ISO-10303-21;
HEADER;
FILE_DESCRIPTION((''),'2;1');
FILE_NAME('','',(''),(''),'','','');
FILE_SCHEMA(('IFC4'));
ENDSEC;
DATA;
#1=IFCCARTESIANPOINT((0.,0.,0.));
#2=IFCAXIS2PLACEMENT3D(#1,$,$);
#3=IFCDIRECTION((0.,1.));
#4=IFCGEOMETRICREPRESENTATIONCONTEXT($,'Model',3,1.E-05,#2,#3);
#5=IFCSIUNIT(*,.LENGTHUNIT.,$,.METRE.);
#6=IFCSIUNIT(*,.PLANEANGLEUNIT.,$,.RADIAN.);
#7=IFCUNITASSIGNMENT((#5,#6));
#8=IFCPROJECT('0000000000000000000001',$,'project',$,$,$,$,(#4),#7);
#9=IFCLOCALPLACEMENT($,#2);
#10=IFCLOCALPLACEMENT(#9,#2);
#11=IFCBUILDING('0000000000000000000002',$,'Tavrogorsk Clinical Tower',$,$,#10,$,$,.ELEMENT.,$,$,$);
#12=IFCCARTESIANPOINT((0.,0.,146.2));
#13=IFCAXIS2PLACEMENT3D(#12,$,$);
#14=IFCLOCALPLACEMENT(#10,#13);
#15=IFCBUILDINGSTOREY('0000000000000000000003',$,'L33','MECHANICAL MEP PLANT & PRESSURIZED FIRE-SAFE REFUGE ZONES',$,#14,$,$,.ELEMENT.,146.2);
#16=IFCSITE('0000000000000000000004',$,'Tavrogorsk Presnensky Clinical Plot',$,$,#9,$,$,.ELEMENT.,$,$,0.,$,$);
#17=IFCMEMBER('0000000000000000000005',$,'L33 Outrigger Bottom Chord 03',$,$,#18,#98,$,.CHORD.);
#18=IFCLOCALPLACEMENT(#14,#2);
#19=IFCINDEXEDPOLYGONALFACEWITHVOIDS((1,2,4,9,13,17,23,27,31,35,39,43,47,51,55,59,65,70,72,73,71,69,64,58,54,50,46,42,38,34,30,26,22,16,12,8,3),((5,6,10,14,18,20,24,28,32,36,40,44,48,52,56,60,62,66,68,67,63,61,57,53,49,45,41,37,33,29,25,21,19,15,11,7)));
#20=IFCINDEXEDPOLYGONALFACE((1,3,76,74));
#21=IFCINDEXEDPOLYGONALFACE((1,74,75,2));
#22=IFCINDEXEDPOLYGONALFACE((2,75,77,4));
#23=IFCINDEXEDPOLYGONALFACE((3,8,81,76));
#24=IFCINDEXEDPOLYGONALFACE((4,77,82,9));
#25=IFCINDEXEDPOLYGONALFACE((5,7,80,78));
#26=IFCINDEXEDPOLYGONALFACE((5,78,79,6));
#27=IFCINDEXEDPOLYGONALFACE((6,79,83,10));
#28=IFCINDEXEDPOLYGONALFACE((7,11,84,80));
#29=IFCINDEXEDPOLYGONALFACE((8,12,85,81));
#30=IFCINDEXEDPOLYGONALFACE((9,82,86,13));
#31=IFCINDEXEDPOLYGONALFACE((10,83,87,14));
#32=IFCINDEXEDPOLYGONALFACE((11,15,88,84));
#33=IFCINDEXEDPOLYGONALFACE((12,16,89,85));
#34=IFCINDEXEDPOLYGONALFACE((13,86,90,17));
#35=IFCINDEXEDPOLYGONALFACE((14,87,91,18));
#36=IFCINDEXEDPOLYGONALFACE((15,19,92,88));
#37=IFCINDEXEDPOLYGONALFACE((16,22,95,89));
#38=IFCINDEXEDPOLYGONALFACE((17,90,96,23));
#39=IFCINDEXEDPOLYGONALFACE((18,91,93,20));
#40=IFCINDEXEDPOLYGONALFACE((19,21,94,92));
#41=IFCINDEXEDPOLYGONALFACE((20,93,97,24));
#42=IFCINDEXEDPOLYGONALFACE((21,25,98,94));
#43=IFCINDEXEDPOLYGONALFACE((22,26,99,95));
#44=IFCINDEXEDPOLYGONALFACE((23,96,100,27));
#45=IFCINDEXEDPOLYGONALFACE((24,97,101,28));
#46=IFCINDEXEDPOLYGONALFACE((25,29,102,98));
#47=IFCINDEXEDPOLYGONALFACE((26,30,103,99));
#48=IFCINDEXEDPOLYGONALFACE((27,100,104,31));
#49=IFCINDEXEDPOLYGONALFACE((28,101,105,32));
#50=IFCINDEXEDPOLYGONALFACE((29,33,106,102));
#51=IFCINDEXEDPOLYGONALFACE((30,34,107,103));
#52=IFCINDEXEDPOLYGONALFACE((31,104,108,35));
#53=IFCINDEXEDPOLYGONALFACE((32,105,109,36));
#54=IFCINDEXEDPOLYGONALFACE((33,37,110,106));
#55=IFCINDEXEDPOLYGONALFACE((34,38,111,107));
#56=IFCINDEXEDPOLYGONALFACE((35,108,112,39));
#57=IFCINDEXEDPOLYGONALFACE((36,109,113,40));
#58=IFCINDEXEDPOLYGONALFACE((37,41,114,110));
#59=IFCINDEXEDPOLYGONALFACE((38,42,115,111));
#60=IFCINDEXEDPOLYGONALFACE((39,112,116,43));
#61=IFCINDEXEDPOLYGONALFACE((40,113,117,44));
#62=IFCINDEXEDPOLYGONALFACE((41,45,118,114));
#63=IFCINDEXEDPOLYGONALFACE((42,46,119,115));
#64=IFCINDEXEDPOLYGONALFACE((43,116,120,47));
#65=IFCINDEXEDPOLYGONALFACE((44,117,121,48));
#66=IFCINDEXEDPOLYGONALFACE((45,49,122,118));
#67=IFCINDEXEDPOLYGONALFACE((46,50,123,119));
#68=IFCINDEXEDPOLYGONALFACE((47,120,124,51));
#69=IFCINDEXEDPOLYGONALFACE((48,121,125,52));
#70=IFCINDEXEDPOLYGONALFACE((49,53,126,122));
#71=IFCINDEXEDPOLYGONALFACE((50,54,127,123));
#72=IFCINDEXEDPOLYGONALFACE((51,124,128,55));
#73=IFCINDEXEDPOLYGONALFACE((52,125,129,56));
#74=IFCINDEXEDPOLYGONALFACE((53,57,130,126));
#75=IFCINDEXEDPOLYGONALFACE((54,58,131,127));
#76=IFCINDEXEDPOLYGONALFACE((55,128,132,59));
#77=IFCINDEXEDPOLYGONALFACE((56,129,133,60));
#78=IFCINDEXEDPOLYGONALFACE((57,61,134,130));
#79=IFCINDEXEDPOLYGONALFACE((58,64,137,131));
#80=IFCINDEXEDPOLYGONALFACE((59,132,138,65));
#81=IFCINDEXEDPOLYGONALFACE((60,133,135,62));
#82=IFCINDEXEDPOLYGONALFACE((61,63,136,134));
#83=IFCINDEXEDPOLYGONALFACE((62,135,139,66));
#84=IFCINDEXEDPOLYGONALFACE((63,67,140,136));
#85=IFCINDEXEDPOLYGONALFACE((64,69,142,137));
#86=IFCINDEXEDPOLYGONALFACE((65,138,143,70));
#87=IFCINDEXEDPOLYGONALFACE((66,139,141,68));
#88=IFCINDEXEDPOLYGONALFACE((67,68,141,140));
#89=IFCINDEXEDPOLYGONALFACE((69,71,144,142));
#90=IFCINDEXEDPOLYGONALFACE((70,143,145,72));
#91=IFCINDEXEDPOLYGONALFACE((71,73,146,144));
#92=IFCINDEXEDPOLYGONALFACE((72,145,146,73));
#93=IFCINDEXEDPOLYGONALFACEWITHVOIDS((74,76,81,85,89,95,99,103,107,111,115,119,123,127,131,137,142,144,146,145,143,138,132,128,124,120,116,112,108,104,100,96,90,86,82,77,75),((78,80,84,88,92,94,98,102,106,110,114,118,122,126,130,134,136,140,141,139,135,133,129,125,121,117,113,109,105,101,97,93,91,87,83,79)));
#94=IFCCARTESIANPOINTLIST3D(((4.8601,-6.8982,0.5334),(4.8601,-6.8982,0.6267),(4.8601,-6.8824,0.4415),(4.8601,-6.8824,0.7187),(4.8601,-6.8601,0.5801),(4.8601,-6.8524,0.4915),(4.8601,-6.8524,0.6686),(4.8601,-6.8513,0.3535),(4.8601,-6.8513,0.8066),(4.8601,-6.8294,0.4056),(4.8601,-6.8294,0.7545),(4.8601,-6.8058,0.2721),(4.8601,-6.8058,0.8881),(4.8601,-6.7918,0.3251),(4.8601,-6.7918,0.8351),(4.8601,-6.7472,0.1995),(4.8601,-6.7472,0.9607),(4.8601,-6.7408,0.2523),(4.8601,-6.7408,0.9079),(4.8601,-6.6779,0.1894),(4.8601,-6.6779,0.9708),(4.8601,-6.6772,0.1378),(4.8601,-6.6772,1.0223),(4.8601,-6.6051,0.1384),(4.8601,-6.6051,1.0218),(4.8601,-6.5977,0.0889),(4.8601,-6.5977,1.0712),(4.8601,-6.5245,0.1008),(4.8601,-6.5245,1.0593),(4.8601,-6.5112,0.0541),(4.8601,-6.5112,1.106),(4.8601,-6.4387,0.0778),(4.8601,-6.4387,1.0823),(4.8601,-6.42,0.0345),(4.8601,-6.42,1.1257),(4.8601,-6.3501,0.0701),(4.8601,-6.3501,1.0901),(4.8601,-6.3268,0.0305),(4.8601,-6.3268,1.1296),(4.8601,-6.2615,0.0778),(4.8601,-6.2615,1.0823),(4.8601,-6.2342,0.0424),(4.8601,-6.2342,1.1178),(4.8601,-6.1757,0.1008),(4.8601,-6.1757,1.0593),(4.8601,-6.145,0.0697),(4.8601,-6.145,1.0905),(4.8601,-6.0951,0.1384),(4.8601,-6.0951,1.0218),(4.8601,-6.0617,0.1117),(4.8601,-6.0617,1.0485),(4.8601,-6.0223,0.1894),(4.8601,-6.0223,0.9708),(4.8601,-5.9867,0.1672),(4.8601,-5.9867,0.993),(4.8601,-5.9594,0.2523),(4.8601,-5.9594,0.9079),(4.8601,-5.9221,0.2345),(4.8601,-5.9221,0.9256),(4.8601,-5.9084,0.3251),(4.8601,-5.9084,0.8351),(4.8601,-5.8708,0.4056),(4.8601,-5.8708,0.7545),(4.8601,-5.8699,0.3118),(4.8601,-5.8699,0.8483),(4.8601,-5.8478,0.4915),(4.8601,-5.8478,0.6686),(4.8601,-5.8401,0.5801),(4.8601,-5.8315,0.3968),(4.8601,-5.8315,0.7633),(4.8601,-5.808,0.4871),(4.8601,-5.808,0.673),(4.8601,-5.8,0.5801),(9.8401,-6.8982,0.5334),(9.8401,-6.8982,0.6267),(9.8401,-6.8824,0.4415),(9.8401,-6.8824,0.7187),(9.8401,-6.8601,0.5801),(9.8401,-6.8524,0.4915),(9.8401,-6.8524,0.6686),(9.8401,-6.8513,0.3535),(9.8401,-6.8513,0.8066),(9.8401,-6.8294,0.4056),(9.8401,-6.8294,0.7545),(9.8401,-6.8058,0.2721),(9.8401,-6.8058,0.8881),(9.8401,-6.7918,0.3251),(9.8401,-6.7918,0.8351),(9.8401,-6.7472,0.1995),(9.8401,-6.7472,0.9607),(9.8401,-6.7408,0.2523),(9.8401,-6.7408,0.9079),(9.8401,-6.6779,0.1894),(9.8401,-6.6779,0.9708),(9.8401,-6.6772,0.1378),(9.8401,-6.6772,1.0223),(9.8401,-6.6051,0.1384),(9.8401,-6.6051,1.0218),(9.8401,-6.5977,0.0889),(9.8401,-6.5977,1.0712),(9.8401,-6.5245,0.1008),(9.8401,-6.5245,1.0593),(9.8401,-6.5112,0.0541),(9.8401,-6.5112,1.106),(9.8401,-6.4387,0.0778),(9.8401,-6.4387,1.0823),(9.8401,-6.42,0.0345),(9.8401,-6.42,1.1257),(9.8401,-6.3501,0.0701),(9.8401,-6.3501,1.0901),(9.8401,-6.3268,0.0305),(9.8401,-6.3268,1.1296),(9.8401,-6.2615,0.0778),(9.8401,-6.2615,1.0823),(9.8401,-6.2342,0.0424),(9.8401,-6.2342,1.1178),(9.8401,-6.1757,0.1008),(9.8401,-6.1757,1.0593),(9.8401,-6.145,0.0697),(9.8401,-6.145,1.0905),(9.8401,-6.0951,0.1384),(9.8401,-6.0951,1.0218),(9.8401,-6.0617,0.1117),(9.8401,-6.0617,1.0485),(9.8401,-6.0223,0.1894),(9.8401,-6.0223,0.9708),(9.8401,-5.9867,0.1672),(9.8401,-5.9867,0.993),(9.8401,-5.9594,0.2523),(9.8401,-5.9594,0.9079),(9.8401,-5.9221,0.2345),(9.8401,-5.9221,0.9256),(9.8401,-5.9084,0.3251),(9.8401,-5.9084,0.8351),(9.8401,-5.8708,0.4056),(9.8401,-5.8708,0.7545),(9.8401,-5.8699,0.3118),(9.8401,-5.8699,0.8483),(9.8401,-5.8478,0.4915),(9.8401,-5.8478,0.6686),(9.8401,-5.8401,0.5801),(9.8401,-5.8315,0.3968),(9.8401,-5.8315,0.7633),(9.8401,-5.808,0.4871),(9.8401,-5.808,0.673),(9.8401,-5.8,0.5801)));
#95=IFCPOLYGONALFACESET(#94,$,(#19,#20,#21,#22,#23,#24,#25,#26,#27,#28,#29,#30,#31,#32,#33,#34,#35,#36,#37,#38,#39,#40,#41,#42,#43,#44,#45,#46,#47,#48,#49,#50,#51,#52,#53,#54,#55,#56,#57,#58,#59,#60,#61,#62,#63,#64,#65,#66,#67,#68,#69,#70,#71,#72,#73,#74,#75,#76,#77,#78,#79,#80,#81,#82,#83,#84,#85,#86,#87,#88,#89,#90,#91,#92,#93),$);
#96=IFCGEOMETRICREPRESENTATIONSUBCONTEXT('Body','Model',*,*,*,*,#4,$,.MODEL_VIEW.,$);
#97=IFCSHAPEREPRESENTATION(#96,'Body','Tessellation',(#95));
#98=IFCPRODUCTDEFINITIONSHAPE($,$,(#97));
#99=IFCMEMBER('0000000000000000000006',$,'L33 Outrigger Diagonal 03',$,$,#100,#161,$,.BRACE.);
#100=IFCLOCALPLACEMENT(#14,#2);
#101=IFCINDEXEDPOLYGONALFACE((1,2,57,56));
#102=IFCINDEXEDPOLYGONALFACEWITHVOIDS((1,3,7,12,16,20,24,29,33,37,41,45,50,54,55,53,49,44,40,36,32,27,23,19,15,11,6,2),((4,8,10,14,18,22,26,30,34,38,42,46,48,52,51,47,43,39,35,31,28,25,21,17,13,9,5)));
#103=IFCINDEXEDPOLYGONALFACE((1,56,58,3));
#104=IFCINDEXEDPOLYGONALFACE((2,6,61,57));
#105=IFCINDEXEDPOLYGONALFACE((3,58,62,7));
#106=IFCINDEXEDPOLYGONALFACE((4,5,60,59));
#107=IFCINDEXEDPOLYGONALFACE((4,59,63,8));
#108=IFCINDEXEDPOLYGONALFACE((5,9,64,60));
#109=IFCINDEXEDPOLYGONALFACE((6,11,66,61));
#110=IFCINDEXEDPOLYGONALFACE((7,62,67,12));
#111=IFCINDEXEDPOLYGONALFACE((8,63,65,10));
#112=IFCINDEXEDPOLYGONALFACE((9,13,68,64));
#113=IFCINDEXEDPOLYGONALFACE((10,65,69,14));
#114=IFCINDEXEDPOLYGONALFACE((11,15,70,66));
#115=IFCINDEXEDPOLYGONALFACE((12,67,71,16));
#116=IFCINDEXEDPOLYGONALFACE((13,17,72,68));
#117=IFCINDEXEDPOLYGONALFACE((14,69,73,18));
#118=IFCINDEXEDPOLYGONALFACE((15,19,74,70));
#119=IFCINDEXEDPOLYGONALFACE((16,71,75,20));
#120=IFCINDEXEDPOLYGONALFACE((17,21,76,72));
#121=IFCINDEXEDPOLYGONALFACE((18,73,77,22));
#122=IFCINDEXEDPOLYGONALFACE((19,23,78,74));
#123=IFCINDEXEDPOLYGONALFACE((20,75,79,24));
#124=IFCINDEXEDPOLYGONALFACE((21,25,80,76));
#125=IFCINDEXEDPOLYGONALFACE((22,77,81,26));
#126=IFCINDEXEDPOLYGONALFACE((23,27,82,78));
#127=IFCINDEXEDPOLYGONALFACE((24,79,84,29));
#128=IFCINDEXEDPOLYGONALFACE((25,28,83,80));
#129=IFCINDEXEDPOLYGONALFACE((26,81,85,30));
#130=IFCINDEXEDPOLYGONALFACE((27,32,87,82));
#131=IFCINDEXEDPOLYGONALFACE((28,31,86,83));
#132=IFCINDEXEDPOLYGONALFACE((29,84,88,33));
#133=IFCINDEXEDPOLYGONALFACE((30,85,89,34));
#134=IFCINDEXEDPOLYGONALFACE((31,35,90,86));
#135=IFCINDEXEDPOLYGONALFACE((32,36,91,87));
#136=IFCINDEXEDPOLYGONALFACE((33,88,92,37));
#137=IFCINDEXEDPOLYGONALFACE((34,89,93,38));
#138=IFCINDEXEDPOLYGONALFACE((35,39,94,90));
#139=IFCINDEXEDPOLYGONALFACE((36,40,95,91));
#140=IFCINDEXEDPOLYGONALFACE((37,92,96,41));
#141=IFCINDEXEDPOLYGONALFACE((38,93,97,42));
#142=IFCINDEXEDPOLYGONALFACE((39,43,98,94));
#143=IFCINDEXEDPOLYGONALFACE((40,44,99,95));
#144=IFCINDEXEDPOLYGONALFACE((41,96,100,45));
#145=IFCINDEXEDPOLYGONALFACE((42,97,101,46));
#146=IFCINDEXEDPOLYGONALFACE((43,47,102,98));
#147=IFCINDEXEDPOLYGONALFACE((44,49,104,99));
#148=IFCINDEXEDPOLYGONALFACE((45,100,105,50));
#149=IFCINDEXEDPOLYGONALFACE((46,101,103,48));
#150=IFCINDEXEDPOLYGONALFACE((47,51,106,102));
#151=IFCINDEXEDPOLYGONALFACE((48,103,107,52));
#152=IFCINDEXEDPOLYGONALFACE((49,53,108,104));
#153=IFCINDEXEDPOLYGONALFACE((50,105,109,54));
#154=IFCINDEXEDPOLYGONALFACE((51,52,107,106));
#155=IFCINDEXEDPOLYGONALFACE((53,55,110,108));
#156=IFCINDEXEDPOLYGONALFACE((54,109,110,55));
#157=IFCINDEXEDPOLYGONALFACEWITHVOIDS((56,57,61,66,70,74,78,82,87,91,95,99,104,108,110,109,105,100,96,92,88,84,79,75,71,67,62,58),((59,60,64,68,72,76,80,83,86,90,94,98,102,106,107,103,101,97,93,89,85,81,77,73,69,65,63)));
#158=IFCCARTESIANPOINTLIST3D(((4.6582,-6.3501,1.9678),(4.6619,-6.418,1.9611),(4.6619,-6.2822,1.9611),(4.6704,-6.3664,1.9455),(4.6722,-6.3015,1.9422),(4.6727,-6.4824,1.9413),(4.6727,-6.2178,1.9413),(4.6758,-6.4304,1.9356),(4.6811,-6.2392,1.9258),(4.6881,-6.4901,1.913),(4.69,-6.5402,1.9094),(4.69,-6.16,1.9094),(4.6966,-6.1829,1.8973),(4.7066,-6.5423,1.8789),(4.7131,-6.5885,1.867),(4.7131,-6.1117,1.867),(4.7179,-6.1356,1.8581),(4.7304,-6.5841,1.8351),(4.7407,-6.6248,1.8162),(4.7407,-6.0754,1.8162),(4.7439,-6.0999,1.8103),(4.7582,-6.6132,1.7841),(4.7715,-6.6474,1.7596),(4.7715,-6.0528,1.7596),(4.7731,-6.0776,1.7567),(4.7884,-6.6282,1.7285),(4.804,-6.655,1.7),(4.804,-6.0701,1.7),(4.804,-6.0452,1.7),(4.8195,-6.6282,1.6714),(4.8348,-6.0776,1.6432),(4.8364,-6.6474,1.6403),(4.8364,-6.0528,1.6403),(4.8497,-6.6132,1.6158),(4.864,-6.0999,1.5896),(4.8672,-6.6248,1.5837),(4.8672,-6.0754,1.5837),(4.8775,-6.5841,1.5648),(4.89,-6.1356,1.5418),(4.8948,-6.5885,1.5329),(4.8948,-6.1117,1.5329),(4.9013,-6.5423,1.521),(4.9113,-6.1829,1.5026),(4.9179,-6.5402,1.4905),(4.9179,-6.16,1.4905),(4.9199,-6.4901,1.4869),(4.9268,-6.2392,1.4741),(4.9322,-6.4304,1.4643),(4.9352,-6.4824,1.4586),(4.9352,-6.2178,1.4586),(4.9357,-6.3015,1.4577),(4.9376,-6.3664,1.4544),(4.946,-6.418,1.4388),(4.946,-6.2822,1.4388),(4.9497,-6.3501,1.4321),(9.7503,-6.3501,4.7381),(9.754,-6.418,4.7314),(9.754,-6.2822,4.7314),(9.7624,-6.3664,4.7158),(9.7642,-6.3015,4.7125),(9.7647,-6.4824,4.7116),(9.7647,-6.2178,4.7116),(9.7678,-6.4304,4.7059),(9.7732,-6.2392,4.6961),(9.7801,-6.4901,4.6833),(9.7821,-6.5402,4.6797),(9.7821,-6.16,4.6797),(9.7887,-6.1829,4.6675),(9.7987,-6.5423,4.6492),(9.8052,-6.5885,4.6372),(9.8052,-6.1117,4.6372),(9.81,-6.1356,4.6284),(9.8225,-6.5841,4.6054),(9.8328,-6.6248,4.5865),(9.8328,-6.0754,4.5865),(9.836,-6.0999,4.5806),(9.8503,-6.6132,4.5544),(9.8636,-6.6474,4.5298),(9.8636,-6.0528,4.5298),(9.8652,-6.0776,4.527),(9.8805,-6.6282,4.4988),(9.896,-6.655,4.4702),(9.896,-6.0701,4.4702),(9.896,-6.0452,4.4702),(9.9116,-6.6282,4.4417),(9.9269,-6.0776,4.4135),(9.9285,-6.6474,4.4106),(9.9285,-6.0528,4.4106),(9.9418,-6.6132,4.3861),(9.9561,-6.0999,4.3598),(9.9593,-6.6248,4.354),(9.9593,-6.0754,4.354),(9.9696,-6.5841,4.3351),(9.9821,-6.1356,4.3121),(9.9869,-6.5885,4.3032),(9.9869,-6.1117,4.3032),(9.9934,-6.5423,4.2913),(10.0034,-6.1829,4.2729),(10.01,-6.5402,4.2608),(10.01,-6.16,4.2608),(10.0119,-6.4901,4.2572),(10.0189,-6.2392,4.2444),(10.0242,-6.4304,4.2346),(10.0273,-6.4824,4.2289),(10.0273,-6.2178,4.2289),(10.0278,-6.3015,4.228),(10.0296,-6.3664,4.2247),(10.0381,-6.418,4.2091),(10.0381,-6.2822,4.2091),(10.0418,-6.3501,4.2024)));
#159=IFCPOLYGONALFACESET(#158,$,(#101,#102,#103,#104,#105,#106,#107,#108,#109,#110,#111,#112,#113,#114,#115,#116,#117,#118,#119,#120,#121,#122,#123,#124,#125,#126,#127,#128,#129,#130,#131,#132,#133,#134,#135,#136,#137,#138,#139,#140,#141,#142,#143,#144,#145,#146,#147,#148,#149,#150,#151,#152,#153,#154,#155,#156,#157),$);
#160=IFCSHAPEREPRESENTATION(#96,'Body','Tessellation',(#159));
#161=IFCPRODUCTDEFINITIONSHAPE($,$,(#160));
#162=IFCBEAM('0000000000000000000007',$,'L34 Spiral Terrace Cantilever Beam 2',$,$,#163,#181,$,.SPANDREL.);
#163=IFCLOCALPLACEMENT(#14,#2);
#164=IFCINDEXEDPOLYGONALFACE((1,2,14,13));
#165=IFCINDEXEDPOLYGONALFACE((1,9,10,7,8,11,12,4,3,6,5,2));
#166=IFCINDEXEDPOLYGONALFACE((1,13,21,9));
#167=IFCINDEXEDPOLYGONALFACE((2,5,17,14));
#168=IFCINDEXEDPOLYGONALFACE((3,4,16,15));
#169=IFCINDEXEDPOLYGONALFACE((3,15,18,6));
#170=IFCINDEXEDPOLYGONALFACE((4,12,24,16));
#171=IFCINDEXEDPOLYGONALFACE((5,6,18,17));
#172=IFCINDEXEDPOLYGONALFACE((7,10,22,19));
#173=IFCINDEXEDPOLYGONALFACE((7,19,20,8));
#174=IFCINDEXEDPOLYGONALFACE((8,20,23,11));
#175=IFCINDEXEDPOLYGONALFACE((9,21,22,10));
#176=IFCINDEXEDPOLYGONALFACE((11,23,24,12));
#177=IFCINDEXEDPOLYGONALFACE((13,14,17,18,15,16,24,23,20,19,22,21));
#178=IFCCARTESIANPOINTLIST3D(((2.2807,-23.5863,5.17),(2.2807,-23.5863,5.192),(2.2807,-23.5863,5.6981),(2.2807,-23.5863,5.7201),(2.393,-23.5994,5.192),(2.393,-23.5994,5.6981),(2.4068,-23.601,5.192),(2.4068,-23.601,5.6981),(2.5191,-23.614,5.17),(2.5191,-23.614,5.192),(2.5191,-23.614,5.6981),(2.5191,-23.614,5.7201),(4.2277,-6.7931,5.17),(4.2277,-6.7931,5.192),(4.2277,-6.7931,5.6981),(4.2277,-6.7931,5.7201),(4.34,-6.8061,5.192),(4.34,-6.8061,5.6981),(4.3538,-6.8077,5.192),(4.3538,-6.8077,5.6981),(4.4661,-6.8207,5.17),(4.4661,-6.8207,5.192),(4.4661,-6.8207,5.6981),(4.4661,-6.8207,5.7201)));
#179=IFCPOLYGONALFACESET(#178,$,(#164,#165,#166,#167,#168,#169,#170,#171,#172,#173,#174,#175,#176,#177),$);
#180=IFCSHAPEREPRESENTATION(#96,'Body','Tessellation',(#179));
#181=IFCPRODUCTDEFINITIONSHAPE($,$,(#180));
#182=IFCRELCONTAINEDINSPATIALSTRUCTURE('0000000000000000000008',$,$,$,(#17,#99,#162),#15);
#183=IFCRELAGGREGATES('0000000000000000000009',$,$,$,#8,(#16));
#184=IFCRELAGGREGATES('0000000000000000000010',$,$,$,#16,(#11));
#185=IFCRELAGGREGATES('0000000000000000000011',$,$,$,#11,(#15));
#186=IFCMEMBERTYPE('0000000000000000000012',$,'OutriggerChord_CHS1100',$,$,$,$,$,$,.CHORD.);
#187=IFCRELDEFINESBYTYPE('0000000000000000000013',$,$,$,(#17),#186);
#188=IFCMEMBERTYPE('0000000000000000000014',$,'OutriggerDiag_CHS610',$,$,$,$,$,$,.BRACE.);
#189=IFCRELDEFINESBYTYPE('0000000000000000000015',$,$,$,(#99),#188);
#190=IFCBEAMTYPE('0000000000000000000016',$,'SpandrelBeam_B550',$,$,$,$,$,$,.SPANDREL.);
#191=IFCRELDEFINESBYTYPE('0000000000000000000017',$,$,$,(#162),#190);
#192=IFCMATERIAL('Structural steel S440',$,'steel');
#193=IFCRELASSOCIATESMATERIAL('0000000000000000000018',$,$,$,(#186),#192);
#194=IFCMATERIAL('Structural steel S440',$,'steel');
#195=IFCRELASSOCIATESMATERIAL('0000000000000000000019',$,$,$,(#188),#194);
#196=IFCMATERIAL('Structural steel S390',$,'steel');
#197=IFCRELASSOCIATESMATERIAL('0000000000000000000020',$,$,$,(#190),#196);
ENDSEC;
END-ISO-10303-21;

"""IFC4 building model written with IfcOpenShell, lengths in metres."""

from ifc_helpers import new_model, si_unit, direction, frame, origin, origin_2d, place, context, subcontext, project, spatial, hollow_circle, i_section, extrude, material, material_profile, profile_set, type_object, element, save


model = new_model("IFC4")

# Units and contexts
model_context = context("Model", 3, precision=1e-05, world=origin(), true_north=direction((0.0, 1.0)))
body_context = subcontext(model_context, "Body", "Model", "MODEL_VIEW")
ifc_project = project(units=[si_unit("LENGTHUNIT", "METRE"), si_unit("PLANEANGLEUNIT", "RADIAN")], contexts=[model_context])

# Site, building, storey
site_placement = place(None, origin())
site = spatial("IfcSite", under=ifc_project, at=site_placement, Name="Tavrogorsk Presnensky Clinical Plot", CompositionType="ELEMENT", RefElevation=0.0)
building_placement = place(site_placement, origin())
building = spatial("IfcBuilding", under=site, at=building_placement, Name="Tavrogorsk Clinical Tower", CompositionType="ELEMENT")
storey_placement = place(building_placement, frame((0.0, 0.0, 146.2)))
storey = spatial("IfcBuildingStorey", under=building, at=storey_placement, Name="L33", Description="MECHANICAL MEP PLANT & PRESSURIZED FIRE-SAFE REFUGE ZONES", CompositionType="ELEMENT", Elevation=146.2)

# Members
ifc_material_1 = material(Name="Structural steel S440", Category="steel")
ifc_material_profile_1 = material_profile(ifc_material_1, hollow_circle(Radius=0.55, WallThickness=0.04, at=origin_2d()), Name="CHS-1100x40")
ifc_profile_set_1 = profile_set([ifc_material_profile_1], Name="Structural steel S440")
member_type_1 = type_object("IfcMemberType", Name="OutriggerChord_CHS1100", PredefinedType="CHORD", material=ifc_profile_set_1)
member_1_placement = place(storey_placement, frame((4.8601, -6.3501, 0.5801), z_axis=(1.0, 0.0, 0.0), x_axis=(0.0, 1.0, 0.0)))
element("IfcMember", 1, at=member_1_placement, inside=storey, type_object=member_type_1, Name="L33 Outrigger Bottom Chord 03", PredefinedType="CHORD", context=body_context, shape_type="SweptSolid", body=[
    extrude(hollow_circle(Radius=0.55, WallThickness=0.04, at=origin_2d()), origin(), (0.0, 0.0, 1.0), 4.98),
])
ifc_material_2 = material(Name="Structural steel S440", Category="steel")
ifc_material_profile_2 = material_profile(ifc_material_2, hollow_circle(Radius=0.3049, WallThickness=0.0249, at=origin_2d()), Name="CHS-610x25")
ifc_profile_set_2 = profile_set([ifc_material_profile_2], Name="Structural steel S440")
member_type_2 = type_object("IfcMemberType", Name="OutriggerDiag_CHS610", PredefinedType="BRACE", material=ifc_profile_set_2)
member_2_placement = place(storey_placement, frame((4.804, -6.3501, 1.7), z_axis=(0.878418, 0.0, 0.477893), x_axis=(0.0, 1.0, 0.0)))
element("IfcMember", 2, at=member_2_placement, inside=storey, type_object=member_type_2, Name="L33 Outrigger Diagonal 03", PredefinedType="BRACE", context=body_context, shape_type="SweptSolid", body=[
    extrude(hollow_circle(Radius=0.3049, WallThickness=0.0249, at=origin_2d()), origin(), (0.0, 0.0, 1.0), 5.7969),
])

# Beam
ifc_material_3 = material(Name="Structural steel S390", Category="steel")
ifc_material_profile_3 = material_profile(ifc_material_3, i_section(OverallWidth=0.24, OverallDepth=0.55, WebThickness=0.0139, FlangeThickness=0.022, at=origin_2d()), Name="B-550x240x14x22")
ifc_profile_set_3 = profile_set([ifc_material_profile_3], Name="Structural steel S390")
beam_type_1 = type_object("IfcBeamType", Name="SpandrelBeam_B550", PredefinedType="SPANDREL", material=ifc_profile_set_3)
beam_1_placement = place(storey_placement, frame((4.3469, -6.8069, 5.4451), z_axis=(-0.115169, -0.993346, 0.0), x_axis=(0.993346, -0.115169, 0.0)))
element("IfcBeam", 3, at=beam_1_placement, inside=storey, type_object=beam_type_1, Name="L34 Spiral Terrace Cantilever Beam 2", PredefinedType="SPANDREL", context=body_context, shape_type="SweptSolid", body=[
    extrude(i_section(OverallWidth=0.24, OverallDepth=0.55, WebThickness=0.0139, FlangeThickness=0.022, at=origin_2d()), origin(), (0.0, 0.0, 1.0), 16.9058),
])

save(model, "model.ifc")
